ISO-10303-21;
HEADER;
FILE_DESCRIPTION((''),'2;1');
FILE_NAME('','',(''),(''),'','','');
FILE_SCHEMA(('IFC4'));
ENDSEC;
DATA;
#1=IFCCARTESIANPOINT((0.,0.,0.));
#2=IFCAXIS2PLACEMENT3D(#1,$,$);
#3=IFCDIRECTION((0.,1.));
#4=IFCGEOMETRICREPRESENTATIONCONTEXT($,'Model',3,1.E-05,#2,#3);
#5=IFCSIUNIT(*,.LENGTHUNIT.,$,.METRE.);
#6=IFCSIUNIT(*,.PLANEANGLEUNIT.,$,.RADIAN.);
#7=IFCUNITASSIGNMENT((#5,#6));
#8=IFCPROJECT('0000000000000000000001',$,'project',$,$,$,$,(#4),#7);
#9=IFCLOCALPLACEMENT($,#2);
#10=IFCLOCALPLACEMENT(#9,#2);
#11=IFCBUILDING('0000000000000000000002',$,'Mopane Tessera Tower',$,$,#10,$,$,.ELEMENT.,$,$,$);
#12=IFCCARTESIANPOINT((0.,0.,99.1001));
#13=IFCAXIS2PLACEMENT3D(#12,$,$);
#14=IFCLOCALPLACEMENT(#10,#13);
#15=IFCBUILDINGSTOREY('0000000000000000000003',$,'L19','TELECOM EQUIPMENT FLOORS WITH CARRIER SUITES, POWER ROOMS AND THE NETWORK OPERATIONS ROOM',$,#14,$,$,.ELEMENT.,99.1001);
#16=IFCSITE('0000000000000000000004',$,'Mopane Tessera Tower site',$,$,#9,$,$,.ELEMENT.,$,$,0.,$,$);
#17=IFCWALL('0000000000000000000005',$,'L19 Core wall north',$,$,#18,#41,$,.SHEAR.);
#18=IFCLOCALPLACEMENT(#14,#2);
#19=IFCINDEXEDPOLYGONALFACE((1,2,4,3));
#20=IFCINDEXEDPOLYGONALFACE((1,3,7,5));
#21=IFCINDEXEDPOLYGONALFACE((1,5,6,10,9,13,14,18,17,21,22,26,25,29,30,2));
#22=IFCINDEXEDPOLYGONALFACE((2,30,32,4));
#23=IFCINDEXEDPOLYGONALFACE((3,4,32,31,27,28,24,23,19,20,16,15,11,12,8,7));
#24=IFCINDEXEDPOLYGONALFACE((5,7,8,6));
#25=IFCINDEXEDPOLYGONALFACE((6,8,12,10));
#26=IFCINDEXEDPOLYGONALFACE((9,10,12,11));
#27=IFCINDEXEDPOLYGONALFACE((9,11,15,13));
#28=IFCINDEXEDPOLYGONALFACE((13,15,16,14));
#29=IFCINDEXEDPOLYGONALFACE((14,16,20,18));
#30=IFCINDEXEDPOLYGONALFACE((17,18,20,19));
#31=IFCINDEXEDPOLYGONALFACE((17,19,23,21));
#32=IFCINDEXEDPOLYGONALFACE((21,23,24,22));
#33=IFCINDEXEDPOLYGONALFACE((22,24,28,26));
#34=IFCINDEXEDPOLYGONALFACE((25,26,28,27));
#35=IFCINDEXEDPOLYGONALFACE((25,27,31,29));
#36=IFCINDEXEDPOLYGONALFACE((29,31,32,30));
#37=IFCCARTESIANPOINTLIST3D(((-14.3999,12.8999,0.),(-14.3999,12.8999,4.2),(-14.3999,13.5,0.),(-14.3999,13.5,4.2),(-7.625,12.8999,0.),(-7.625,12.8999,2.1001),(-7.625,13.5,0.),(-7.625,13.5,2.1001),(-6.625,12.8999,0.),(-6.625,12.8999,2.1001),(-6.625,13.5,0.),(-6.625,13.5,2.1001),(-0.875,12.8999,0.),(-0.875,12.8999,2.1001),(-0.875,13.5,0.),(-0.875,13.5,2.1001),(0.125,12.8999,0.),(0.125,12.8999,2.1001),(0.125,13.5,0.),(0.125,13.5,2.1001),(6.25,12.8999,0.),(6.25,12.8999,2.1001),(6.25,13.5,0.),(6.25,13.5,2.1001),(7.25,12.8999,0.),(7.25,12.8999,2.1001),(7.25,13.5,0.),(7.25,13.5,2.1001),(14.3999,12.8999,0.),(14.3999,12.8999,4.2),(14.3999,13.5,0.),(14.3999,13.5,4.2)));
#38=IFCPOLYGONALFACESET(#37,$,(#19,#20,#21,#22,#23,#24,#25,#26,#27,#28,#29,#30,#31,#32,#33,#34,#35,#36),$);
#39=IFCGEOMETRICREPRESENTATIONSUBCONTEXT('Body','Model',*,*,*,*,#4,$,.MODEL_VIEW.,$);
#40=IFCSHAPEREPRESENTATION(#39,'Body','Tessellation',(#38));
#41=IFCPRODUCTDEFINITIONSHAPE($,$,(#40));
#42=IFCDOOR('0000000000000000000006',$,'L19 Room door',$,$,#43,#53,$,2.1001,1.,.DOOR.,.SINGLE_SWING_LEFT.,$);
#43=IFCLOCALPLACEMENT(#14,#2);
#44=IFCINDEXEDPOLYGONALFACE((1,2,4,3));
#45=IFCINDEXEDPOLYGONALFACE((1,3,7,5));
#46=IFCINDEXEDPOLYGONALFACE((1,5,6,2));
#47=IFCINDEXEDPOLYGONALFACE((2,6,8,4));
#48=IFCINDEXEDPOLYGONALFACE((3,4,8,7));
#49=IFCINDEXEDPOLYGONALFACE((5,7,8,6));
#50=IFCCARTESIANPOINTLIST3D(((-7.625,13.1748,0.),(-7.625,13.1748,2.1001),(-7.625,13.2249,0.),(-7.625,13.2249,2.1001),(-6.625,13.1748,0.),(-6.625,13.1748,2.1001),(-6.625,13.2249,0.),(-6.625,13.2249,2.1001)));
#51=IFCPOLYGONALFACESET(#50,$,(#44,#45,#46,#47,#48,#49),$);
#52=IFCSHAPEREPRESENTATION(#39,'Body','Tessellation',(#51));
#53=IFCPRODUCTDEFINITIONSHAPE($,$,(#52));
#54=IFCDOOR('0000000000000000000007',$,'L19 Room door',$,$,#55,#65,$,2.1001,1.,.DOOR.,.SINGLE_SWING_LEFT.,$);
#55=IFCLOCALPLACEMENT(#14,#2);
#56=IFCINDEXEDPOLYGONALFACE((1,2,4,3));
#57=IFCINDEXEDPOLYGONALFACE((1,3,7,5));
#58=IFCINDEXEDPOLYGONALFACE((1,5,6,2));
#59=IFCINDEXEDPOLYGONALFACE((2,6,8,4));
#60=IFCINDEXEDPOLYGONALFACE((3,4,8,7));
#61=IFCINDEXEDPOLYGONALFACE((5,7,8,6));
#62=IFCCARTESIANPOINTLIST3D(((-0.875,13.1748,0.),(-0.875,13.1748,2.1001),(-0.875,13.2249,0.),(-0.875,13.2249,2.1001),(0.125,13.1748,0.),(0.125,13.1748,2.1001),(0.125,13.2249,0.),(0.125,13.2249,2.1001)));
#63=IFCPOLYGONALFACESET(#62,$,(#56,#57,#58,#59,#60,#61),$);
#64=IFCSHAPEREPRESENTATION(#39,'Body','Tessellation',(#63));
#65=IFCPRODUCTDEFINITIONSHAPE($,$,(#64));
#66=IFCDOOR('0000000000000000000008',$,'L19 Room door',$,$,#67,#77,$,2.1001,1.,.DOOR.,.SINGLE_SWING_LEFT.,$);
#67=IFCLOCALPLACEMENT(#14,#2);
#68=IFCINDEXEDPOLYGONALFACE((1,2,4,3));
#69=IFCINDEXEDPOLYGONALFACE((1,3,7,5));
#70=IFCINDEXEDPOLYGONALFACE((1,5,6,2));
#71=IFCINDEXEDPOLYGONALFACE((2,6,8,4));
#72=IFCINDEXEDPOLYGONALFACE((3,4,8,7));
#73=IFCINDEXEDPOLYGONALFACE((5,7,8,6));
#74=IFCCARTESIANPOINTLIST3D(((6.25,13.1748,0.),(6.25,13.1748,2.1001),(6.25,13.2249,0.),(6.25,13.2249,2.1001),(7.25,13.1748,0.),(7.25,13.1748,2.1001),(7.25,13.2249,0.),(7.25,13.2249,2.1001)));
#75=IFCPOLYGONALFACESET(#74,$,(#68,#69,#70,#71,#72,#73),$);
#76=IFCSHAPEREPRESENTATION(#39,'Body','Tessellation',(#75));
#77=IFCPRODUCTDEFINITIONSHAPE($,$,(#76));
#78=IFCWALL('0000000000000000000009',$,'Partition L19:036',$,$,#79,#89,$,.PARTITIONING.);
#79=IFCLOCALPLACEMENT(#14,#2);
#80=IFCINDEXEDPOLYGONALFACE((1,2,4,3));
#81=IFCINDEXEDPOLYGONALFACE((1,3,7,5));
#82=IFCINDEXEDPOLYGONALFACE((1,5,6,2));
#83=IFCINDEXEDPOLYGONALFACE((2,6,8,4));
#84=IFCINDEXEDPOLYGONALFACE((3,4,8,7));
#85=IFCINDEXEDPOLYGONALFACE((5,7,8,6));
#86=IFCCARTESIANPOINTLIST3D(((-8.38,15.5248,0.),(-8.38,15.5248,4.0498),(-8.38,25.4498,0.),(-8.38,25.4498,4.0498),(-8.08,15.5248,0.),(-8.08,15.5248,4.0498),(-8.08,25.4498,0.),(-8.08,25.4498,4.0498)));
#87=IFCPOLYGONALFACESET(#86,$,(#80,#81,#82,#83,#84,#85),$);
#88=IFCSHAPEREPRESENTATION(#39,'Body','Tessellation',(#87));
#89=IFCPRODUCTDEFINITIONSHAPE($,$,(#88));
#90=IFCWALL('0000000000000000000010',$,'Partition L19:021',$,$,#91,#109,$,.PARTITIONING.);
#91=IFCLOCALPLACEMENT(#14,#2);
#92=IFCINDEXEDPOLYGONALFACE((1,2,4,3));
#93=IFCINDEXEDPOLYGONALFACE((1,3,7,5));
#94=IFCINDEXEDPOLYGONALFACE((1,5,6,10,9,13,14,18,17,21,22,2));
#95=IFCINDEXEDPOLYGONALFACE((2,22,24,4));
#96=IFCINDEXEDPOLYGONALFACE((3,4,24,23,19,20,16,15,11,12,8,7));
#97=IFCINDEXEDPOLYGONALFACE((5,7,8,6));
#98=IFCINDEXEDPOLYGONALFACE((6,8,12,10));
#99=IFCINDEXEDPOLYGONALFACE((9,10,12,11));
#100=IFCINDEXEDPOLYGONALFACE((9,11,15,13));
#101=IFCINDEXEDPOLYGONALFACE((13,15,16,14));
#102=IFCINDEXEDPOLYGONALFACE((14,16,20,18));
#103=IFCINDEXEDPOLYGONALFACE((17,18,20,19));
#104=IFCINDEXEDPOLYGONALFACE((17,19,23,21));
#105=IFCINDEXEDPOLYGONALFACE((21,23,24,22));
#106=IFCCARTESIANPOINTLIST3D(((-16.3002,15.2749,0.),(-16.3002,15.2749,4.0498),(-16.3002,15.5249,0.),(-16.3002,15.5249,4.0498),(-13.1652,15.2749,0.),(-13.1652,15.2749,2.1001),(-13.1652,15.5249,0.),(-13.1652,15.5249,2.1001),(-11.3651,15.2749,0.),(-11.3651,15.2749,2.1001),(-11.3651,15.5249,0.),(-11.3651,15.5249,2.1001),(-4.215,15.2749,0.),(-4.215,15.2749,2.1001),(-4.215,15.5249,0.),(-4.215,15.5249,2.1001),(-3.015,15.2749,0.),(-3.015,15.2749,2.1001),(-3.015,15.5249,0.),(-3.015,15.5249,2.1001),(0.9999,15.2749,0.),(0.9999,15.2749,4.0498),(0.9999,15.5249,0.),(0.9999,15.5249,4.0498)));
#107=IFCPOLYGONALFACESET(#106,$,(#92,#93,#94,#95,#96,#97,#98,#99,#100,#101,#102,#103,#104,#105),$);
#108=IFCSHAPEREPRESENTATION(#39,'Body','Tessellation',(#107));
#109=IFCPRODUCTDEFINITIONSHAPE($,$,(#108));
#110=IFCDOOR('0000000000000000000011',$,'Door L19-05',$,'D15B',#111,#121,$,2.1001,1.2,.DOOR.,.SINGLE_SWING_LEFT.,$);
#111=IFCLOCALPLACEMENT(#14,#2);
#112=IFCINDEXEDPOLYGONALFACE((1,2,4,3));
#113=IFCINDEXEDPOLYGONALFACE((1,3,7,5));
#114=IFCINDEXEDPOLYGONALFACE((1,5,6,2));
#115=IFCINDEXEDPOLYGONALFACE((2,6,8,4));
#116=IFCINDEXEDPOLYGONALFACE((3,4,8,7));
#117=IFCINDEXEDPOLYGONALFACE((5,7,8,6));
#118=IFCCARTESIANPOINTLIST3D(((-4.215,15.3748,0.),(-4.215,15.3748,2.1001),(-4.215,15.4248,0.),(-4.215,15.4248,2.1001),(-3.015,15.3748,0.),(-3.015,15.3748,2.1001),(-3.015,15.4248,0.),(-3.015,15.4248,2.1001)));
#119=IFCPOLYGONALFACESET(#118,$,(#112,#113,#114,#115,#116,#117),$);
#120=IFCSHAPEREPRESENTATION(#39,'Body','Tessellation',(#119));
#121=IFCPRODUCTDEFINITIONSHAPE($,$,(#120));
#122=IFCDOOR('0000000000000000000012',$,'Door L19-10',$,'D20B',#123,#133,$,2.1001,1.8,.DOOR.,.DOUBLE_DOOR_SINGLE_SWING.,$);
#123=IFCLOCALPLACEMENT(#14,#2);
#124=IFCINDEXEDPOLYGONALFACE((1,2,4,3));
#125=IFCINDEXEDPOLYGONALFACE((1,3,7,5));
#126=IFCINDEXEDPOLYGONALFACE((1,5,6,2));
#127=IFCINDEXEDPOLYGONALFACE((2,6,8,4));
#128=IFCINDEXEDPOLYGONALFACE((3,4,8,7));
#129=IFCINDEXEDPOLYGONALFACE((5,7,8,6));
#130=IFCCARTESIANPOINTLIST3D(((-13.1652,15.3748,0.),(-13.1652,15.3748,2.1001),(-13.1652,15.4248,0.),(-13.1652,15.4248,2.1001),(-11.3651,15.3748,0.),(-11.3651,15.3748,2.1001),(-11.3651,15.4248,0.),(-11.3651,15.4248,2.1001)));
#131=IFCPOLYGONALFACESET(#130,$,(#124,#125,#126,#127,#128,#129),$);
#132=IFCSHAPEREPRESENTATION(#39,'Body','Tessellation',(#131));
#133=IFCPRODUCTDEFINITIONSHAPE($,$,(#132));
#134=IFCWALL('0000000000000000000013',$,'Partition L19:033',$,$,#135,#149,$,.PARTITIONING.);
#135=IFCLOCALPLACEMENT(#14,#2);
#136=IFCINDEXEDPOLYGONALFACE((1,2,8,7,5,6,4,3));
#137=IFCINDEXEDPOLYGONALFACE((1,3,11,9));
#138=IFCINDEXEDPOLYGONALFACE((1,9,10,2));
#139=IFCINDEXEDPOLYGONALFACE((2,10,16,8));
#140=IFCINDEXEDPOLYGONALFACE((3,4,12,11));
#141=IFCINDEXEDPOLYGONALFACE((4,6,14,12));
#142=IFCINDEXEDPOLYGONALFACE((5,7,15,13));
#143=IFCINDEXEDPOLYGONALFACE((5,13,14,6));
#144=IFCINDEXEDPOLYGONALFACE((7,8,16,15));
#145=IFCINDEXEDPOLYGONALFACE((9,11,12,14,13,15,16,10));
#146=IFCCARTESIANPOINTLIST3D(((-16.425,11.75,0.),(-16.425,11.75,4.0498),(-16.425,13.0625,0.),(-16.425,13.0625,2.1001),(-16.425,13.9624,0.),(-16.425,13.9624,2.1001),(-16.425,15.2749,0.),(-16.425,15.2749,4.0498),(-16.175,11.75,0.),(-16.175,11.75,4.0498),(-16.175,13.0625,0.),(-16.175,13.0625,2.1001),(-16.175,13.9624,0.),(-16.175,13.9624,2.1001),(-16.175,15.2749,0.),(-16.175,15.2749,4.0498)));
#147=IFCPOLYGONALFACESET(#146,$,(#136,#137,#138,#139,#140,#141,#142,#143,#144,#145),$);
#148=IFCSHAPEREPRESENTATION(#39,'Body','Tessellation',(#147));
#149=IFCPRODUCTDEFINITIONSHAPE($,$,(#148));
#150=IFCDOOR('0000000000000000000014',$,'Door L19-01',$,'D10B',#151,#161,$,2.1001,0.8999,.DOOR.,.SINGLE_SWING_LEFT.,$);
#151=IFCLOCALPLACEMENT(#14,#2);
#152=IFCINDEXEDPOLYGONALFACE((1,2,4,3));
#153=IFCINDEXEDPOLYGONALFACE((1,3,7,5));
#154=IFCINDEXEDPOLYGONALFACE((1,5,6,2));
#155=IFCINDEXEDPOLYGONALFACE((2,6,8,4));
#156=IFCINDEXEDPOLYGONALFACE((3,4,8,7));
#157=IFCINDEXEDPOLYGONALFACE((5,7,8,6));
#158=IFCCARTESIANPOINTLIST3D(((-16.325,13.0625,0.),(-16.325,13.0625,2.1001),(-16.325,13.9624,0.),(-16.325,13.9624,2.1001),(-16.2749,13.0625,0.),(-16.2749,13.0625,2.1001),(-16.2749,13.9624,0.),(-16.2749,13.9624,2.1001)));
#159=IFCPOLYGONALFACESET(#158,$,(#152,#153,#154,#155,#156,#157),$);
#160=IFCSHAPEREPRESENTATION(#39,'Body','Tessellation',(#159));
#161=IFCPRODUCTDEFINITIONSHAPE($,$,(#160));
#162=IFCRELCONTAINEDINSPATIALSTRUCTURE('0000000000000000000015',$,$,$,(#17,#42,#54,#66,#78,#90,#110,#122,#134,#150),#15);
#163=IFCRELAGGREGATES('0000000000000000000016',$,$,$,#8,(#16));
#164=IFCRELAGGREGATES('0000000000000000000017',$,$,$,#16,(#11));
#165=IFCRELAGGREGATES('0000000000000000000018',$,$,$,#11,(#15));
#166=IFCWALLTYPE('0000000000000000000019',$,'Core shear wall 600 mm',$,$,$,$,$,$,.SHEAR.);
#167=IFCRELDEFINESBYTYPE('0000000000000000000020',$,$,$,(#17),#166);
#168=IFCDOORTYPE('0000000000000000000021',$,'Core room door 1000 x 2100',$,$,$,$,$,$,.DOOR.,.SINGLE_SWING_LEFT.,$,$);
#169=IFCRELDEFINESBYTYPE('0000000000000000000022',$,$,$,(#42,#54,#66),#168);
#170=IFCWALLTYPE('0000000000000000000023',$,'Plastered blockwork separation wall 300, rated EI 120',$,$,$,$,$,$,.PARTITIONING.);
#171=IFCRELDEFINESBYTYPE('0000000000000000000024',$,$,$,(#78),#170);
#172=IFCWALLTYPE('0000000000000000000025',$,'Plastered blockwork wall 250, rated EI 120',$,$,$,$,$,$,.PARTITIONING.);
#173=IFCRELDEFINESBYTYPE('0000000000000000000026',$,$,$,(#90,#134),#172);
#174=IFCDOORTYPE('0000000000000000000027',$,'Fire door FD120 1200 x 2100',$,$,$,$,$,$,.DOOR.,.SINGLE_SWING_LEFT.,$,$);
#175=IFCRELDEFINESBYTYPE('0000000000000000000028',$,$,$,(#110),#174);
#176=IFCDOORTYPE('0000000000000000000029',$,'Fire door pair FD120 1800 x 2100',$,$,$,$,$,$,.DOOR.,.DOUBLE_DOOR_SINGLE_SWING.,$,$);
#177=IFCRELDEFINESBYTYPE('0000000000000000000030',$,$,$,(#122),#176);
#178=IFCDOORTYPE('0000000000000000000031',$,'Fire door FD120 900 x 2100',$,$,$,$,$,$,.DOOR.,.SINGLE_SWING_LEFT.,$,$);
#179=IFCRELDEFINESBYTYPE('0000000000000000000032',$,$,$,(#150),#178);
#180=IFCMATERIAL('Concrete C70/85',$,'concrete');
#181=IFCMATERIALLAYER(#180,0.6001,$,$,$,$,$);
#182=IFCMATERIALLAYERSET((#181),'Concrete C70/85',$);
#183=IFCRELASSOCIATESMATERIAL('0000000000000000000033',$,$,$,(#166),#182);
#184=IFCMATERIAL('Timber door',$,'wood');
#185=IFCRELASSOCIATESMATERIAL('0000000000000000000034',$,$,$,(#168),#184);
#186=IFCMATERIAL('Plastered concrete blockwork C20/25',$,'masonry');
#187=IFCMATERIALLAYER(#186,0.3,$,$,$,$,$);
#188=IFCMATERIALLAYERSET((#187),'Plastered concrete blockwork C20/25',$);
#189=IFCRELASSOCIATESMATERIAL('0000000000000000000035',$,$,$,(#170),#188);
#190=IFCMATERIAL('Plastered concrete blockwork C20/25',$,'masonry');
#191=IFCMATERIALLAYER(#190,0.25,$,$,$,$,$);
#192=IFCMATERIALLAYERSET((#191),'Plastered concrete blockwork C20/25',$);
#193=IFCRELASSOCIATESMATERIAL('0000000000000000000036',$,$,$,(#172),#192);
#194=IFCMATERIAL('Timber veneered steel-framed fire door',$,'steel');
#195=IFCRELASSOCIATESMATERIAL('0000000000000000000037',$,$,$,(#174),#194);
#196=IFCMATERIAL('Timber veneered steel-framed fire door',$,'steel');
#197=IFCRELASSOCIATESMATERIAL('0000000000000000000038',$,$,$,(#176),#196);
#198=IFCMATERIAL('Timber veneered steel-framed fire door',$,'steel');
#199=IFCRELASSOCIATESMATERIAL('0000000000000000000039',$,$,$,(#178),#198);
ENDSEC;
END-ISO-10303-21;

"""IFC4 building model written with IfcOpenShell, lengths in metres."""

from ifc_helpers import new_model, si_unit, direction, frame, frame_2d, origin, place, context, subcontext, project, spatial, rectangle, extrude, material, layer, layer_set, type_object, element, fill, save


model = new_model("IFC4")

# Units and contexts
model_context = context("Model", 3, precision=1e-05, world=origin(), true_north=direction((0.0, 1.0)))
body_context = subcontext(model_context, "Body", "Model", "MODEL_VIEW")
ifc_project = project(units=[si_unit("LENGTHUNIT", "METRE"), si_unit("PLANEANGLEUNIT", "RADIAN")], contexts=[model_context])

# Site, building, storey
site_placement = place(None, origin())
site = spatial("IfcSite", under=ifc_project, at=site_placement, Name="Mopane Tessera Tower site", CompositionType="ELEMENT", RefElevation=0.0)
building_placement = place(site_placement, origin())
building = spatial("IfcBuilding", under=site, at=building_placement, Name="Mopane Tessera Tower", CompositionType="ELEMENT")
storey_placement = place(building_placement, frame((0.0, 0.0, 99.1001)))
storey = spatial("IfcBuildingStorey", under=building, at=storey_placement, Name="L19", Description="TELECOM EQUIPMENT FLOORS WITH CARRIER SUITES, POWER ROOMS AND THE NETWORK OPERATIONS ROOM", CompositionType="ELEMENT", Elevation=99.1001)

# Wall, openings, doors
ifc_material_1 = material(Name="Concrete C70/85", Category="concrete")
ifc_layer_1 = layer(ifc_material_1, 0.6001)
ifc_layer_set_1 = layer_set([ifc_layer_1], Name="Concrete C70/85")
wall_type_1 = type_object("IfcWallType", Name="Core shear wall 600 mm", PredefinedType="SHEAR", material=ifc_layer_set_1)
wall_1_placement = place(storey_placement, frame((-14.3999, 13.2, 0.0), z_axis=(0.0, 0.0, 1.0), x_axis=(1.0, 0.0, 0.0)))
wall_1 = element("IfcWall", 1, at=wall_1_placement, inside=storey, type_object=wall_type_1, Name="L19 Core wall north", PredefinedType="SHEAR", context=body_context, shape_type="SweptSolid", body=[
    extrude(rectangle(XDim=28.7998, YDim=0.6001, at=frame_2d((14.3999, 0.0))), origin(), (0.0, 0.0, 1.0), 4.2),
])
opening_1_placement = place(wall_1_placement, frame((6.7749, 0.0, 0.0)))
opening_1 = element("IfcOpeningElement", 2, at=opening_1_placement, cuts=wall_1, PredefinedType="OPENING", context=body_context, shape_type="SweptSolid", body=[
    extrude(rectangle(XDim=1.0, YDim=2.1001, at=frame_2d((0.5, 1.05))), frame((0.0, 0.312, 0.0), z_axis=(0.0, -1.0, 0.0), x_axis=(1.0, 0.0, 0.0)), (0.0, 0.0, 1.0), 0.624),
])
opening_2_placement = place(wall_1_placement, frame((13.5249, 0.0, 0.0)))
opening_2 = element("IfcOpeningElement", 3, at=opening_2_placement, cuts=wall_1, PredefinedType="OPENING", context=body_context, shape_type="SweptSolid", body=[
    extrude(rectangle(XDim=1.0, YDim=2.1001, at=frame_2d((0.5, 1.05))), frame((0.0, 0.312, 0.0), z_axis=(0.0, -1.0, 0.0), x_axis=(1.0, 0.0, 0.0)), (0.0, 0.0, 1.0), 0.624),
])
opening_3_placement = place(wall_1_placement, frame((20.6499, 0.0, 0.0)))
opening_3 = element("IfcOpeningElement", 4, at=opening_3_placement, cuts=wall_1, PredefinedType="OPENING", context=body_context, shape_type="SweptSolid", body=[
    extrude(rectangle(XDim=1.0, YDim=2.1001, at=frame_2d((0.5, 1.05))), frame((0.0, 0.312, 0.0), z_axis=(0.0, -1.0, 0.0), x_axis=(1.0, 0.0, 0.0)), (0.0, 0.0, 1.0), 0.624),
])
ifc_material_2 = material(Name="Timber door", Category="wood")
door_type_1 = type_object("IfcDoorType", Name="Core room door 1000 x 2100", OperationType="SINGLE_SWING_LEFT", PredefinedType="DOOR", material=ifc_material_2)
door_1_placement = place(opening_1_placement, origin())
door_1 = element("IfcDoor", 5, at=door_1_placement, inside=storey, type_object=door_type_1, Name="L19 Room door", OperationType="SINGLE_SWING_LEFT", OverallHeight=2.1001, OverallWidth=1.0, PredefinedType="DOOR", context=body_context, shape_type="SweptSolid", body=[
    extrude(rectangle(XDim=1.0, YDim=2.1001, at=frame_2d((0.5, 1.05))), frame((0.0, 0.0249, 0.0), z_axis=(0.0, -1.0, 0.0), x_axis=(1.0, 0.0, 0.0)), (0.0, 0.0, 1.0), 0.05),
])
fill(opening_1, door_1)
door_2_placement = place(opening_2_placement, origin())
door_2 = element("IfcDoor", 6, at=door_2_placement, inside=storey, type_object=door_type_1, Name="L19 Room door", OperationType="SINGLE_SWING_LEFT", OverallHeight=2.1001, OverallWidth=1.0, PredefinedType="DOOR", context=body_context, shape_type="SweptSolid", body=[
    extrude(rectangle(XDim=1.0, YDim=2.1001, at=frame_2d((0.5, 1.05))), frame((0.0, 0.0249, 0.0), z_axis=(0.0, -1.0, 0.0), x_axis=(1.0, 0.0, 0.0)), (0.0, 0.0, 1.0), 0.05),
])
fill(opening_2, door_2)
door_3_placement = place(opening_3_placement, origin())
door_3 = element("IfcDoor", 7, at=door_3_placement, inside=storey, type_object=door_type_1, Name="L19 Room door", OperationType="SINGLE_SWING_LEFT", OverallHeight=2.1001, OverallWidth=1.0, PredefinedType="DOOR", context=body_context, shape_type="SweptSolid", body=[
    extrude(rectangle(XDim=1.0, YDim=2.1001, at=frame_2d((0.5, 1.05))), frame((0.0, 0.0249, 0.0), z_axis=(0.0, -1.0, 0.0), x_axis=(1.0, 0.0, 0.0)), (0.0, 0.0, 1.0), 0.05),
])
fill(opening_3, door_3)

# Wall
ifc_material_3 = material(Name="Plastered concrete blockwork C20/25", Category="masonry")
ifc_layer_2 = layer(ifc_material_3, 0.3)
ifc_layer_set_2 = layer_set([ifc_layer_2], Name="Plastered concrete blockwork C20/25")
wall_type_2 = type_object("IfcWallType", Name="Plastered blockwork separation wall 300, rated EI 120", PredefinedType="PARTITIONING", material=ifc_layer_set_2)
wall_2_placement = place(storey_placement, frame((-8.23, 15.5249, 0.0), z_axis=(0.0, 0.0, 1.0), x_axis=(0.0, 1.0, 0.0)))
element("IfcWall", 8, at=wall_2_placement, inside=storey, type_object=wall_type_2, Name="Partition L19:036", PredefinedType="PARTITIONING", context=body_context, shape_type="SweptSolid", body=[
    extrude(rectangle(XDim=9.925, YDim=0.3, at=frame_2d((4.9624, 0.0))), origin(), (0.0, 0.0, 1.0), 4.0498),
])

# Wall, openings, doors
ifc_material_4 = material(Name="Plastered concrete blockwork C20/25", Category="masonry")
ifc_layer_3 = layer(ifc_material_4, 0.25)
ifc_layer_set_3 = layer_set([ifc_layer_3], Name="Plastered concrete blockwork C20/25")
wall_type_3 = type_object("IfcWallType", Name="Plastered blockwork wall 250, rated EI 120", PredefinedType="PARTITIONING", material=ifc_layer_set_3)
wall_3_placement = place(storey_placement, frame((-16.3, 15.3999, 0.0), z_axis=(0.0, 0.0, 1.0), x_axis=(1.0, 0.0, 0.0)))
wall_3 = element("IfcWall", 9, at=wall_3_placement, inside=storey, type_object=wall_type_3, Name="Partition L19:021", PredefinedType="PARTITIONING", context=body_context, shape_type="SweptSolid", body=[
    extrude(rectangle(XDim=17.3, YDim=0.25, at=frame_2d((8.6499, 0.0))), origin(), (0.0, 0.0, 1.0), 4.0498),
])
opening_4_placement = place(wall_3_placement, frame((12.085, 0.0, 0.0)))
opening_4 = element("IfcOpeningElement", 10, at=opening_4_placement, cuts=wall_3, PredefinedType="OPENING", context=body_context, shape_type="SweptSolid", body=[
    extrude(rectangle(XDim=1.2, YDim=2.1001, at=frame_2d((0.6001, 1.05))), frame((0.0, 0.137, 0.0), z_axis=(0.0, -1.0, 0.0), x_axis=(1.0, 0.0, 0.0)), (0.0, 0.0, 1.0), 0.2739),
])
opening_5_placement = place(wall_3_placement, frame((3.135, 0.0, 0.0)))
opening_5 = element("IfcOpeningElement", 11, at=opening_5_placement, cuts=wall_3, PredefinedType="OPENING", context=body_context, shape_type="SweptSolid", body=[
    extrude(rectangle(XDim=1.8, YDim=2.1001, at=frame_2d((0.8999, 1.05))), frame((0.0, 0.137, 0.0), z_axis=(0.0, -1.0, 0.0), x_axis=(1.0, 0.0, 0.0)), (0.0, 0.0, 1.0), 0.2739),
])
ifc_material_5 = material(Name="Timber veneered steel-framed fire door", Category="steel")
door_type_2 = type_object("IfcDoorType", Name="Fire door FD120 1200 x 2100", OperationType="SINGLE_SWING_LEFT", PredefinedType="DOOR", material=ifc_material_5)
door_4_placement = place(opening_4_placement, origin())
door_4 = element("IfcDoor", 12, at=door_4_placement, inside=storey, type_object=door_type_2, Name="Door L19-05", ObjectType="D15B", OperationType="SINGLE_SWING_LEFT", OverallHeight=2.1001, OverallWidth=1.2, PredefinedType="DOOR", context=body_context, shape_type="SweptSolid", body=[
    extrude(rectangle(XDim=1.2, YDim=2.1001, at=frame_2d((0.6001, 1.05))), frame((0.0, 0.0249, 0.0), z_axis=(0.0, -1.0, 0.0), x_axis=(1.0, 0.0, 0.0)), (0.0, 0.0, 1.0), 0.05),
])
fill(opening_4, door_4)
ifc_material_6 = material(Name="Timber veneered steel-framed fire door", Category="steel")
door_type_3 = type_object("IfcDoorType", Name="Fire door pair FD120 1800 x 2100", OperationType="DOUBLE_DOOR_SINGLE_SWING", PredefinedType="DOOR", material=ifc_material_6)
door_5_placement = place(opening_5_placement, origin())
door_5 = element("IfcDoor", 13, at=door_5_placement, inside=storey, type_object=door_type_3, Name="Door L19-10", ObjectType="D20B", OperationType="DOUBLE_DOOR_SINGLE_SWING", OverallHeight=2.1001, OverallWidth=1.8, PredefinedType="DOOR", context=body_context, shape_type="SweptSolid", body=[
    extrude(rectangle(XDim=1.8, YDim=2.1001, at=frame_2d((0.8999, 1.05))), frame((0.0, 0.0249, 0.0), z_axis=(0.0, -1.0, 0.0), x_axis=(1.0, 0.0, 0.0)), (0.0, 0.0, 1.0), 0.05),
])
fill(opening_5, door_5)

# Wall, opening, door
wall_4_placement = place(storey_placement, frame((-16.3, 11.75, 0.0), z_axis=(0.0, 0.0, 1.0), x_axis=(0.0, 1.0, 0.0)))
wall_4 = element("IfcWall", 14, at=wall_4_placement, inside=storey, type_object=wall_type_3, Name="Partition L19:033", PredefinedType="PARTITIONING", context=body_context, shape_type="SweptSolid", body=[
    extrude(rectangle(XDim=3.5249, YDim=0.25, at=frame_2d((1.7625, 0.0))), origin(), (0.0, 0.0, 1.0), 4.0498),
])
opening_6_placement = place(wall_4_placement, frame((1.3125, 0.0, 0.0)))
opening_6 = element("IfcOpeningElement", 15, at=opening_6_placement, cuts=wall_4, PredefinedType="OPENING", context=body_context, shape_type="SweptSolid", body=[
    extrude(rectangle(XDim=0.8999, YDim=2.1001, at=frame_2d((0.45, 1.05))), frame((0.0, 0.137, 0.0), z_axis=(0.0, -1.0, 0.0), x_axis=(1.0, 0.0, 0.0)), (0.0, 0.0, 1.0), 0.2739),
])
ifc_material_7 = material(Name="Timber veneered steel-framed fire door", Category="steel")
door_type_4 = type_object("IfcDoorType", Name="Fire door FD120 900 x 2100", OperationType="SINGLE_SWING_LEFT", PredefinedType="DOOR", material=ifc_material_7)
door_6_placement = place(opening_6_placement, origin())
door_6 = element("IfcDoor", 16, at=door_6_placement, inside=storey, type_object=door_type_4, Name="Door L19-01", ObjectType="D10B", OperationType="SINGLE_SWING_LEFT", OverallHeight=2.1001, OverallWidth=0.8999, PredefinedType="DOOR", context=body_context, shape_type="SweptSolid", body=[
    extrude(rectangle(XDim=0.8999, YDim=2.1001, at=frame_2d((0.45, 1.05))), frame((0.0, 0.0249, 0.0), z_axis=(0.0, -1.0, 0.0), x_axis=(1.0, 0.0, 0.0)), (0.0, 0.0, 1.0), 0.05),
])
fill(opening_6, door_6)

save(model, "model.ifc")
